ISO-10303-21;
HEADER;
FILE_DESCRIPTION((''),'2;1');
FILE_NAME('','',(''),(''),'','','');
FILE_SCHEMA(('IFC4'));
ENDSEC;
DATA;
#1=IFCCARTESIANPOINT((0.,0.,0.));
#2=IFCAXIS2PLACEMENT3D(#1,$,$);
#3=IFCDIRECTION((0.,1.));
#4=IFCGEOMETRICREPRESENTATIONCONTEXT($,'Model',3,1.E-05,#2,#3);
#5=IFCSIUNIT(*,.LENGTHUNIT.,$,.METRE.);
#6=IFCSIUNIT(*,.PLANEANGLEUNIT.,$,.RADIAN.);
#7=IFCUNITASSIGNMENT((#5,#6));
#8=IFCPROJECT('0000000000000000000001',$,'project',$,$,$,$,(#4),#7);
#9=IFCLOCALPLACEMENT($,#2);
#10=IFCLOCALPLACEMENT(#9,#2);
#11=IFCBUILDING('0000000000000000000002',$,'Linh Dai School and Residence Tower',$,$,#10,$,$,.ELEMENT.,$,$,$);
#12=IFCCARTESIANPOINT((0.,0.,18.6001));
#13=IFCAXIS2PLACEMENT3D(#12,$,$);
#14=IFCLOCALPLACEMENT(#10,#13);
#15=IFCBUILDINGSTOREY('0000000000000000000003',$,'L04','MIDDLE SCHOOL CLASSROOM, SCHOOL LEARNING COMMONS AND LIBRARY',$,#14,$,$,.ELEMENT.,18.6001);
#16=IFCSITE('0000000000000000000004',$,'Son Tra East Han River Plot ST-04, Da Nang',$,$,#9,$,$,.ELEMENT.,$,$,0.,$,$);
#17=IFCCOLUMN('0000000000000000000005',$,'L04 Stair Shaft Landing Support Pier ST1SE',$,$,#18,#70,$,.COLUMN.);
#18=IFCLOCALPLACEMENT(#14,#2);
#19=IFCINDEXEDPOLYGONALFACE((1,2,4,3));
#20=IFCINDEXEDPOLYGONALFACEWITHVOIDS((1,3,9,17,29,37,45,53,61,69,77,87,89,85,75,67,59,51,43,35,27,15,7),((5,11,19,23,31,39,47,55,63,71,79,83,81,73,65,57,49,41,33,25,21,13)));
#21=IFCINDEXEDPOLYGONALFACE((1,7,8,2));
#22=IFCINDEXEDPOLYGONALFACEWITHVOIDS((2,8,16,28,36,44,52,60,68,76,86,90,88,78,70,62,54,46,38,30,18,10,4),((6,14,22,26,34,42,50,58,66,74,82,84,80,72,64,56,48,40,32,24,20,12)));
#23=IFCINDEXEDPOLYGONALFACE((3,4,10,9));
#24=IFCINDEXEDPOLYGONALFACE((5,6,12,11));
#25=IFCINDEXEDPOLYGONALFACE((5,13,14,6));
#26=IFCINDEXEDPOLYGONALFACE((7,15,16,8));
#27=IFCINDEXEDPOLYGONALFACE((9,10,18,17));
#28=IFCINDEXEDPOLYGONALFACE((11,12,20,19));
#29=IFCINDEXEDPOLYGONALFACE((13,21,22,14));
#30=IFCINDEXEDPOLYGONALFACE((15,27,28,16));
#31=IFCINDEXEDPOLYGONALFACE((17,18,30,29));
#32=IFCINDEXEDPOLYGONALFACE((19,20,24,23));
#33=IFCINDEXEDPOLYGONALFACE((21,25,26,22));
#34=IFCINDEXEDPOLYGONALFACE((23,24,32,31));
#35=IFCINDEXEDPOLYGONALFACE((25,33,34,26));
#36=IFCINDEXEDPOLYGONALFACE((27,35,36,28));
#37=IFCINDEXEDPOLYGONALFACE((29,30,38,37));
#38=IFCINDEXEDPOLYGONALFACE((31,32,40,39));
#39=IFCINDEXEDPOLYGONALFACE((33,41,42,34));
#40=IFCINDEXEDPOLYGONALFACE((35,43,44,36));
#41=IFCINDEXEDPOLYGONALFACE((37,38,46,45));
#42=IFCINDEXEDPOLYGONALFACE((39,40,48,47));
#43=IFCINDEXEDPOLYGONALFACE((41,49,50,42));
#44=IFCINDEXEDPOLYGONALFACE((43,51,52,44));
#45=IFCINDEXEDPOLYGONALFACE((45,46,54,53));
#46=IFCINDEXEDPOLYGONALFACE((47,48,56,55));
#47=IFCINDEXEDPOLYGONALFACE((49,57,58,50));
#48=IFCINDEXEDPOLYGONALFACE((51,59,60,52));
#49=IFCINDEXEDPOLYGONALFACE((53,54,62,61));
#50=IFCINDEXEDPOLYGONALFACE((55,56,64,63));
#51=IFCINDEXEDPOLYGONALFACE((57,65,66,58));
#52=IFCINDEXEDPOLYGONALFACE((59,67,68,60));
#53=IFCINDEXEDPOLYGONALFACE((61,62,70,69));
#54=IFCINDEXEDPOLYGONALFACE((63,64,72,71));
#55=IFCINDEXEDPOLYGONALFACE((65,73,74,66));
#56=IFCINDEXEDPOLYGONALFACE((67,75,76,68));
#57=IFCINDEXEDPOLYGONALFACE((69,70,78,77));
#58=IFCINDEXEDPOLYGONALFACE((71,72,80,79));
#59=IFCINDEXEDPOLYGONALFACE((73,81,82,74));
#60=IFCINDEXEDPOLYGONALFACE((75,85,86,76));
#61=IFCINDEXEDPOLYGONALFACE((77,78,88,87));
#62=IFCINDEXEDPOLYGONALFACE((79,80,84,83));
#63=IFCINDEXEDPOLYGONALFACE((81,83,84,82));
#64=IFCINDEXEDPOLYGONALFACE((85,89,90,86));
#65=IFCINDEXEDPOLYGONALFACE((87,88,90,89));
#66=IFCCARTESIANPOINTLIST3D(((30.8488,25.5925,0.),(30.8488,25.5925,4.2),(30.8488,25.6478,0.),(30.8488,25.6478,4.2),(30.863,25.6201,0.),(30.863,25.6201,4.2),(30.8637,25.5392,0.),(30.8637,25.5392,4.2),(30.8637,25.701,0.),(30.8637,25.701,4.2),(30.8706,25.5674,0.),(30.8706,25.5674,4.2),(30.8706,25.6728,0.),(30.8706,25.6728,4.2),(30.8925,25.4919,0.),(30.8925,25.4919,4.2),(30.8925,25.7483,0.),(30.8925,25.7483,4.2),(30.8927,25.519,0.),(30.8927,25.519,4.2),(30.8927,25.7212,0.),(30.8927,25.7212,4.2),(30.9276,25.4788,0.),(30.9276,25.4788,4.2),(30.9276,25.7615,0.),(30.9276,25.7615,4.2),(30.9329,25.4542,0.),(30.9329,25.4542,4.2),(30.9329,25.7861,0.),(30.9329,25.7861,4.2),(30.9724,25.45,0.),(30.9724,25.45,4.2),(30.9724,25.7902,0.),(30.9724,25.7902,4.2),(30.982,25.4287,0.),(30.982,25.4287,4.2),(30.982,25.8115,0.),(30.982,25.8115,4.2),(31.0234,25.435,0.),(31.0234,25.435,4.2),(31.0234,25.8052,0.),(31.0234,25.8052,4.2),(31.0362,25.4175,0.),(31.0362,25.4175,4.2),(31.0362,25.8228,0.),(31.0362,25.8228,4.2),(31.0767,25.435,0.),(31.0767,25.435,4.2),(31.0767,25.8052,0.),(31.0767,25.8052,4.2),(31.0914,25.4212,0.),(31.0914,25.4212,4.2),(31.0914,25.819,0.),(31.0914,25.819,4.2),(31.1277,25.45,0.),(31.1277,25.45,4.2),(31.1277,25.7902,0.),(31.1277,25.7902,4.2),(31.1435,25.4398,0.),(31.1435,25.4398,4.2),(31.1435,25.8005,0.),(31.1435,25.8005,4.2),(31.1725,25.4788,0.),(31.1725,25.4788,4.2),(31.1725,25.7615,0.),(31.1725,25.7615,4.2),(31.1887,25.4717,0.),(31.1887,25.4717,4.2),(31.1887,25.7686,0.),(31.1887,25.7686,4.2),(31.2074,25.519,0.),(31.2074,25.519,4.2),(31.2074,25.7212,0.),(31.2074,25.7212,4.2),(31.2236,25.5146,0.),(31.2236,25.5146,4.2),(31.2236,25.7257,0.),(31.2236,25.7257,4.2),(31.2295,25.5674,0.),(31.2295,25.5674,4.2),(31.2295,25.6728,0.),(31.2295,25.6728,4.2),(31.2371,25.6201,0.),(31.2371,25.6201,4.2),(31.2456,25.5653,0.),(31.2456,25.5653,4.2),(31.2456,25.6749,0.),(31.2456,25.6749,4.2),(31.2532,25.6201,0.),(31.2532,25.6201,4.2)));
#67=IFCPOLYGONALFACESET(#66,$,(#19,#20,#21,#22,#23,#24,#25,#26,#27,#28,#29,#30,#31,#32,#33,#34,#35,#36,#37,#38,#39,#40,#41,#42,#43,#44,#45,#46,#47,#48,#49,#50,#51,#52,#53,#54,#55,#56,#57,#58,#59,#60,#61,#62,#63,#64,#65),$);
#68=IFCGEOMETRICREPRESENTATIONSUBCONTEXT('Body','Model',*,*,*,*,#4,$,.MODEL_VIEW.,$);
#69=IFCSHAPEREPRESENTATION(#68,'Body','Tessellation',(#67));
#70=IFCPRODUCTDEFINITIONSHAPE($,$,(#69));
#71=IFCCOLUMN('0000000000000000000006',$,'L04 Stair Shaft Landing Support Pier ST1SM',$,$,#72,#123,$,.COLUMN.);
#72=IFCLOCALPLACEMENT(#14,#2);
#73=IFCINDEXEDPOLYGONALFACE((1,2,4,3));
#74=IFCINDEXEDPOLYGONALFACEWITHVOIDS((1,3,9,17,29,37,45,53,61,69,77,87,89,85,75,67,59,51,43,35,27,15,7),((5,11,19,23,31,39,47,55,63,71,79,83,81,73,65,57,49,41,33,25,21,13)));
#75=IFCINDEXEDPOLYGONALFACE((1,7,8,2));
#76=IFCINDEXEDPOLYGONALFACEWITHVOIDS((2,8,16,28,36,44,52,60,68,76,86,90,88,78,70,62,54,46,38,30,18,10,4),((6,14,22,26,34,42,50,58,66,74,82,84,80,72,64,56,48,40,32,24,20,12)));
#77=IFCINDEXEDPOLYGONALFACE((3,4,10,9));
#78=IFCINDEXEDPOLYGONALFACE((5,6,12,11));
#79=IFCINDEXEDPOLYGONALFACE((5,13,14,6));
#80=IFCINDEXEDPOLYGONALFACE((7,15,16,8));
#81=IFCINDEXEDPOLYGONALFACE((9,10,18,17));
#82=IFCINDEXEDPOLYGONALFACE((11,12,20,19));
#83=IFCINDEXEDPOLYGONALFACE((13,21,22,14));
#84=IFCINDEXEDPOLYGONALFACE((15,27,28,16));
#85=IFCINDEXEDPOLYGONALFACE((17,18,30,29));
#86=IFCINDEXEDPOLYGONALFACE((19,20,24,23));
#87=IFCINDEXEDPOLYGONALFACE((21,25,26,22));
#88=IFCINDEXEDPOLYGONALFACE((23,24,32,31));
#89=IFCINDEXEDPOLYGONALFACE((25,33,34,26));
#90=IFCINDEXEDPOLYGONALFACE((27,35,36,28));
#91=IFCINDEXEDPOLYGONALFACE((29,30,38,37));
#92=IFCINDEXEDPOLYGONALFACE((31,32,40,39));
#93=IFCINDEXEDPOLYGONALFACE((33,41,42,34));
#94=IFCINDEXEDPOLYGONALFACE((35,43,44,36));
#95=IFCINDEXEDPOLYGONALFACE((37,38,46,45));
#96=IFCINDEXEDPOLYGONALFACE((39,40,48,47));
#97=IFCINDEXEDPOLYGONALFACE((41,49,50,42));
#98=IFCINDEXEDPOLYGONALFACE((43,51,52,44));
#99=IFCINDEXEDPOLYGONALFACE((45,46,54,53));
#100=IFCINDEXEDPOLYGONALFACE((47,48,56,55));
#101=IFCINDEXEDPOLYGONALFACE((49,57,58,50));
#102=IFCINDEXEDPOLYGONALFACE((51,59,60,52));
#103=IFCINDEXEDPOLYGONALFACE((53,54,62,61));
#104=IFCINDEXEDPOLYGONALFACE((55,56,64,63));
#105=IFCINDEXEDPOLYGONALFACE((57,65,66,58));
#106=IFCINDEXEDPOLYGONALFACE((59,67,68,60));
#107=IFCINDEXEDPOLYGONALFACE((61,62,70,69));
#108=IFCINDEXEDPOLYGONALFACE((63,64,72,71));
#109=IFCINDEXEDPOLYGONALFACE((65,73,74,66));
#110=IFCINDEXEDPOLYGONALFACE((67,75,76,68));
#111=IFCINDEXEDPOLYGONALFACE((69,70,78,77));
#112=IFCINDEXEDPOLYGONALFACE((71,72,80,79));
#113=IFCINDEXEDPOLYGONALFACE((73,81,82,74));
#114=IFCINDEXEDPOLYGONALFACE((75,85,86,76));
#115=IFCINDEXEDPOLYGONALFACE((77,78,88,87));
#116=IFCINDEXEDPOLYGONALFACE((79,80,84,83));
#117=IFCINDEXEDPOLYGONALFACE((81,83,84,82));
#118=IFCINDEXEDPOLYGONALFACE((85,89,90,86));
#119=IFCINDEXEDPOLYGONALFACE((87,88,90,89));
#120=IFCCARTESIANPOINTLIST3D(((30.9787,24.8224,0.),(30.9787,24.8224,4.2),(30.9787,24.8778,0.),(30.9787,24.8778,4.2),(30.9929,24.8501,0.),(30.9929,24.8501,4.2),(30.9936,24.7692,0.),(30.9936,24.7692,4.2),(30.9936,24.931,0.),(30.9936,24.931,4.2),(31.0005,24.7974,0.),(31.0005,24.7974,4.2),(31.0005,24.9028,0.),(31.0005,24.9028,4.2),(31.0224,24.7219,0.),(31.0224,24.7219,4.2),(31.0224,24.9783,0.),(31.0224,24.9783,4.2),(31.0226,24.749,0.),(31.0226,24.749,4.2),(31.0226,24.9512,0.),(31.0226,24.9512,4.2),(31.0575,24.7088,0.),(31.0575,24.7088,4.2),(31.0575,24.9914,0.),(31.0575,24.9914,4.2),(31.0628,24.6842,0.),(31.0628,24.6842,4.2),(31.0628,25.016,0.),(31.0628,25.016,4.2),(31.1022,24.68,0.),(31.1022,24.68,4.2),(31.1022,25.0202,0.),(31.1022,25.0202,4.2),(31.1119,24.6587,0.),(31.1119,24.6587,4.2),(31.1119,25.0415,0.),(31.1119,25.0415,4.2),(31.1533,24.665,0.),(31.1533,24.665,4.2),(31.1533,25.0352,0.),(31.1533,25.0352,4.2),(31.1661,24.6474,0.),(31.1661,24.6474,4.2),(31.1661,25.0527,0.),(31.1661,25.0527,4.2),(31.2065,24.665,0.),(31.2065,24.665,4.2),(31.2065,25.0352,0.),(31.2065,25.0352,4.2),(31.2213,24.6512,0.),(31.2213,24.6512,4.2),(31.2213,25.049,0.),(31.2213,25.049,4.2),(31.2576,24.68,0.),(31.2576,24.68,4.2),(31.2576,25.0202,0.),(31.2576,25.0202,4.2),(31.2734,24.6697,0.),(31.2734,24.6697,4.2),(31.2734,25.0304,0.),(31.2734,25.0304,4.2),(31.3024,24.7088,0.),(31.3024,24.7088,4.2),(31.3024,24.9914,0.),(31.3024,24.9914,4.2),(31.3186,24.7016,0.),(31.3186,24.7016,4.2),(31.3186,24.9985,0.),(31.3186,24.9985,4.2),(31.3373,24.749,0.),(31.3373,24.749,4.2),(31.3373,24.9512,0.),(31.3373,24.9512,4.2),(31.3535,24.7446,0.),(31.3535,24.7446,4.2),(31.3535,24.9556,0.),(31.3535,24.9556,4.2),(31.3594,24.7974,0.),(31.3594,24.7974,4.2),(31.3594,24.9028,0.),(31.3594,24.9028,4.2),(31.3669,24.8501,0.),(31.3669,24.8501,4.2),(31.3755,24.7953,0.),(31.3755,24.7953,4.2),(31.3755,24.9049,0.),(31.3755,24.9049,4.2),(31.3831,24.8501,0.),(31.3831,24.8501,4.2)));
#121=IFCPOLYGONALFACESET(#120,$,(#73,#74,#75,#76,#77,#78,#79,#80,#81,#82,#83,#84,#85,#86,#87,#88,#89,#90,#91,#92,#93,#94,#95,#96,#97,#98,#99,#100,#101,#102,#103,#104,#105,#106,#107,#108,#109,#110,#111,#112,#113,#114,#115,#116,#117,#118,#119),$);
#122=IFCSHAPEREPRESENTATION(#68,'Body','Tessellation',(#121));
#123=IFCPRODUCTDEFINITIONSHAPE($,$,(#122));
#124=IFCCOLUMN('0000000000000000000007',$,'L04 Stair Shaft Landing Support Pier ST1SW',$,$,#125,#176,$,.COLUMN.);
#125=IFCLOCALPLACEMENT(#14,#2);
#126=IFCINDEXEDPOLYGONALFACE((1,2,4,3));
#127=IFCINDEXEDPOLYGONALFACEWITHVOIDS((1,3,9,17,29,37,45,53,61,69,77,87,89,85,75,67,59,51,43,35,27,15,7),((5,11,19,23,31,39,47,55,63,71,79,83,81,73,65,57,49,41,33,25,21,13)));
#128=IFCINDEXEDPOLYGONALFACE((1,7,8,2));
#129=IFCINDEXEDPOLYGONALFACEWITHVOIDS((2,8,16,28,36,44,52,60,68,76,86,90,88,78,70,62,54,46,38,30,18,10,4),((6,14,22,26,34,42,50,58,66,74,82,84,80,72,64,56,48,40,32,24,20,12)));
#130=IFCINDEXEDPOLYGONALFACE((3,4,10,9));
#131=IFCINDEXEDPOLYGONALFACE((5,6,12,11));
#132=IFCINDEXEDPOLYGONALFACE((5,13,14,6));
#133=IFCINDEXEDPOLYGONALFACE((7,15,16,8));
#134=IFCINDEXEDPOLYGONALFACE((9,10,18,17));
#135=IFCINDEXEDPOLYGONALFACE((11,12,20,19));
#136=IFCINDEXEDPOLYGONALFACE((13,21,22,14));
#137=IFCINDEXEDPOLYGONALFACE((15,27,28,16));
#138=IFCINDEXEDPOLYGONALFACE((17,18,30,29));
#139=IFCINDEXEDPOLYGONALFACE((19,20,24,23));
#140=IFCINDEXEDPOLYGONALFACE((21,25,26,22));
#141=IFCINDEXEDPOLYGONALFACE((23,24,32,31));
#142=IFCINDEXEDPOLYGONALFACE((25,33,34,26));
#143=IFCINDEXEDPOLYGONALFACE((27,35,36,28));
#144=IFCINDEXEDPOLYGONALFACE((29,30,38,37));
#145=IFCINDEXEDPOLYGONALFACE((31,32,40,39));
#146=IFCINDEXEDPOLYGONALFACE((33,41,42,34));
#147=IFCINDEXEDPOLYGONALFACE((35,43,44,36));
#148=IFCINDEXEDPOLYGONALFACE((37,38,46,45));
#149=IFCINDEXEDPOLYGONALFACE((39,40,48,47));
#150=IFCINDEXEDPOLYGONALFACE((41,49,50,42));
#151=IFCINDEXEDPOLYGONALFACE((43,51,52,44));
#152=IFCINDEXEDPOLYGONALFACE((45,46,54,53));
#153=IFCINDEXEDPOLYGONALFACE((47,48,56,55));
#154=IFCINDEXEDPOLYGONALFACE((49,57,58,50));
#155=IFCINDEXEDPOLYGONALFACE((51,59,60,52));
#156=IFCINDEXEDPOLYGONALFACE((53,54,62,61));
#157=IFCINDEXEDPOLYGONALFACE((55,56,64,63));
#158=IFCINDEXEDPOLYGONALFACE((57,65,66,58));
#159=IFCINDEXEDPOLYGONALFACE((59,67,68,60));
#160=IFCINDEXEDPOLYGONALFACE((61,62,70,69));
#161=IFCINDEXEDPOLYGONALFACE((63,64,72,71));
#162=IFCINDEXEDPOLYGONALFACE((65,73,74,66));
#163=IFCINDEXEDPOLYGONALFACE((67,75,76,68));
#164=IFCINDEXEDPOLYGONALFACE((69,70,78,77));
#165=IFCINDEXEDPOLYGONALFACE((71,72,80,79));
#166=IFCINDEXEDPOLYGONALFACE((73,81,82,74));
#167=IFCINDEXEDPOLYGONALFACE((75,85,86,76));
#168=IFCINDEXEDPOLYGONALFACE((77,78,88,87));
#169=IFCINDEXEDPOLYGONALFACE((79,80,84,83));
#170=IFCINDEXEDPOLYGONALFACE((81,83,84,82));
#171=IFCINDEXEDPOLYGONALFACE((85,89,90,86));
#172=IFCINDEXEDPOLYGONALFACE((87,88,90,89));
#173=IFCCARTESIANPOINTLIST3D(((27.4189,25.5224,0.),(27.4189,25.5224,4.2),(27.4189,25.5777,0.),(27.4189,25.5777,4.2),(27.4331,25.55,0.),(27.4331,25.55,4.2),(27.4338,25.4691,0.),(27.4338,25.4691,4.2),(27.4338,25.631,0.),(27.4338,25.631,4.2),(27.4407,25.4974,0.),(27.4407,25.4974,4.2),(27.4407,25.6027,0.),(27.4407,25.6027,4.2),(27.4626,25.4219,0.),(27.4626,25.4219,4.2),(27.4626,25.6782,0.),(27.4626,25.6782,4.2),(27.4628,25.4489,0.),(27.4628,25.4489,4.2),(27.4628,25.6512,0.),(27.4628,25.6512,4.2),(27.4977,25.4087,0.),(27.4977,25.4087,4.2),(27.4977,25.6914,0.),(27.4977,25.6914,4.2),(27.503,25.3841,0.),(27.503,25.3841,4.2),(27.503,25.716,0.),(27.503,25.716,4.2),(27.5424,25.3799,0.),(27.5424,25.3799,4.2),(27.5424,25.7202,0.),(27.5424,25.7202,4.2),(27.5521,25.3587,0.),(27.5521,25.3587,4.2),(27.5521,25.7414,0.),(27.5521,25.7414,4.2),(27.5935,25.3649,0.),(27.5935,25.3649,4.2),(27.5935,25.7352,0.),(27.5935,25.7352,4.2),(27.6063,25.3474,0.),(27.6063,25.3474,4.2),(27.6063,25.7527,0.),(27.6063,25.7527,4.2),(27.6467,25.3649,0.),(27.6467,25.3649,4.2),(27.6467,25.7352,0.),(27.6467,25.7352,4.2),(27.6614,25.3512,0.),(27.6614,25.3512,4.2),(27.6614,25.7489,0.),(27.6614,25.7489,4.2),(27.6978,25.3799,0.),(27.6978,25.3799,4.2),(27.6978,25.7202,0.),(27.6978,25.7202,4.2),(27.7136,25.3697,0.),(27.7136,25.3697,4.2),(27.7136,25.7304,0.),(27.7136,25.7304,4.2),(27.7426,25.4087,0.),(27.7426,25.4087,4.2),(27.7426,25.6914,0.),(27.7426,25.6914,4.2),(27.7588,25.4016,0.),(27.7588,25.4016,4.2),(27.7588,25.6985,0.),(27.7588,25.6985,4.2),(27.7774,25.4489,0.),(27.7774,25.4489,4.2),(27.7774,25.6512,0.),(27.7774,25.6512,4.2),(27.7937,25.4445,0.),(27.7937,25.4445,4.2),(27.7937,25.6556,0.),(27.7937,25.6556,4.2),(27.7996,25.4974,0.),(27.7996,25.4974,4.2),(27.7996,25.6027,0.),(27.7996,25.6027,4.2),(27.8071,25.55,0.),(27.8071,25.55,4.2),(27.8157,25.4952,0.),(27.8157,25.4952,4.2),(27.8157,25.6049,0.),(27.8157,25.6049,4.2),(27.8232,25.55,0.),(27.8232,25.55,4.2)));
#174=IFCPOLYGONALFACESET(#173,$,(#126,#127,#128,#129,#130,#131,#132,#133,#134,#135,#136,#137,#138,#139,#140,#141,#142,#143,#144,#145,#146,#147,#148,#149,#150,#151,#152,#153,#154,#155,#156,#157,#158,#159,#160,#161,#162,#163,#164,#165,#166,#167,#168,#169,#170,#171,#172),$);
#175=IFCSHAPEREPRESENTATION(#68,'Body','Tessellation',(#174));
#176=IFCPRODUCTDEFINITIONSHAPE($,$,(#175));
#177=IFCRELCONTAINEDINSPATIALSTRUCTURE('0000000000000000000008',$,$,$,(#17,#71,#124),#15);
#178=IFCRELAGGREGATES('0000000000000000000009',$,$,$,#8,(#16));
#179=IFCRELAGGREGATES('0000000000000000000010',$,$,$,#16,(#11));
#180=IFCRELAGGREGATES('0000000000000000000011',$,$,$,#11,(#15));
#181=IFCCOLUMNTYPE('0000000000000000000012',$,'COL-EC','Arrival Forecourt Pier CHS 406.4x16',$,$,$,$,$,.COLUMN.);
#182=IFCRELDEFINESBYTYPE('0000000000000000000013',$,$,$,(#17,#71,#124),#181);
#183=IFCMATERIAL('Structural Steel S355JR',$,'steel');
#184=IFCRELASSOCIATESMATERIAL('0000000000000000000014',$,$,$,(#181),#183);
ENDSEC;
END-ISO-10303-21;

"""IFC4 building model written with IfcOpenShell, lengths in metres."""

from ifc_helpers import new_model, si_unit, direction, frame, origin, origin_2d, place, context, subcontext, project, spatial, hollow_circle, extrude, material, material_profile, profile_set, type_object, element, save


model = new_model("IFC4")

# Units and contexts
model_context = context("Model", 3, precision=1e-05, world=origin(), true_north=direction((0.0, 1.0)))
body_context = subcontext(model_context, "Body", "Model", "MODEL_VIEW")
ifc_project = project(units=[si_unit("LENGTHUNIT", "METRE"), si_unit("PLANEANGLEUNIT", "RADIAN")], contexts=[model_context])

# Site, building, storey
site_placement = place(None, origin())
site = spatial("IfcSite", under=ifc_project, at=site_placement, Name="Son Tra East Han River Plot ST-04, Da Nang", CompositionType="ELEMENT", RefElevation=0.0)
building_placement = place(site_placement, origin())
building = spatial("IfcBuilding", under=site, at=building_placement, Name="Linh Dai School and Residence Tower", CompositionType="ELEMENT")
storey_placement = place(building_placement, frame((0.0, 0.0, 18.6001)))
storey = spatial("IfcBuildingStorey", under=building, at=storey_placement, Name="L04", Description="MIDDLE SCHOOL CLASSROOM, SCHOOL LEARNING COMMONS AND LIBRARY", CompositionType="ELEMENT", Elevation=18.6001)

# Columns
ifc_material_1 = material(Name="Structural Steel S355JR", Category="steel")
ifc_material_profile_1 = material_profile(ifc_material_1, hollow_circle(Radius=0.2031, WallThickness=0.0161, at=origin_2d()), Name="CHS 406.4x16")
ifc_profile_set_1 = profile_set([ifc_material_profile_1], Name="Structural Steel S355JR")
column_type = type_object("IfcColumnType", Name="COL-EC", Description="Arrival Forecourt Pier CHS 406.4x16", PredefinedType="COLUMN", material=ifc_profile_set_1)
for number, where, z_axis, x_axis, name in (
    (1, (31.05, 25.6201, 0.0), (0.0, 0.0, 1.0), (1.0, 0.0, 0.0), "L04 Stair Shaft Landing Support Pier ST1SE"),
    (2, (31.1799, 24.8501, 0.0), (0.0, 0.0, 1.0), (1.0, 0.0, 0.0), "L04 Stair Shaft Landing Support Pier ST1SM"),
    (3, (27.6201, 25.55, 0.0), (0.0, 0.0, 1.0), (1.0, 0.0, 0.0), "L04 Stair Shaft Landing Support Pier ST1SW"),
):
    element("IfcColumn", number, at=place(storey_placement, frame(where, z_axis=z_axis, x_axis=x_axis)), inside=storey, type_object=column_type, Name=name, PredefinedType="COLUMN", context=body_context, shape_type="SweptSolid", body=[
        extrude(hollow_circle(Radius=0.2031, WallThickness=0.0161, at=origin_2d()), origin(), (0.0, 0.0, 1.0), 4.2),
    ])

save(model, "model.ifc")
